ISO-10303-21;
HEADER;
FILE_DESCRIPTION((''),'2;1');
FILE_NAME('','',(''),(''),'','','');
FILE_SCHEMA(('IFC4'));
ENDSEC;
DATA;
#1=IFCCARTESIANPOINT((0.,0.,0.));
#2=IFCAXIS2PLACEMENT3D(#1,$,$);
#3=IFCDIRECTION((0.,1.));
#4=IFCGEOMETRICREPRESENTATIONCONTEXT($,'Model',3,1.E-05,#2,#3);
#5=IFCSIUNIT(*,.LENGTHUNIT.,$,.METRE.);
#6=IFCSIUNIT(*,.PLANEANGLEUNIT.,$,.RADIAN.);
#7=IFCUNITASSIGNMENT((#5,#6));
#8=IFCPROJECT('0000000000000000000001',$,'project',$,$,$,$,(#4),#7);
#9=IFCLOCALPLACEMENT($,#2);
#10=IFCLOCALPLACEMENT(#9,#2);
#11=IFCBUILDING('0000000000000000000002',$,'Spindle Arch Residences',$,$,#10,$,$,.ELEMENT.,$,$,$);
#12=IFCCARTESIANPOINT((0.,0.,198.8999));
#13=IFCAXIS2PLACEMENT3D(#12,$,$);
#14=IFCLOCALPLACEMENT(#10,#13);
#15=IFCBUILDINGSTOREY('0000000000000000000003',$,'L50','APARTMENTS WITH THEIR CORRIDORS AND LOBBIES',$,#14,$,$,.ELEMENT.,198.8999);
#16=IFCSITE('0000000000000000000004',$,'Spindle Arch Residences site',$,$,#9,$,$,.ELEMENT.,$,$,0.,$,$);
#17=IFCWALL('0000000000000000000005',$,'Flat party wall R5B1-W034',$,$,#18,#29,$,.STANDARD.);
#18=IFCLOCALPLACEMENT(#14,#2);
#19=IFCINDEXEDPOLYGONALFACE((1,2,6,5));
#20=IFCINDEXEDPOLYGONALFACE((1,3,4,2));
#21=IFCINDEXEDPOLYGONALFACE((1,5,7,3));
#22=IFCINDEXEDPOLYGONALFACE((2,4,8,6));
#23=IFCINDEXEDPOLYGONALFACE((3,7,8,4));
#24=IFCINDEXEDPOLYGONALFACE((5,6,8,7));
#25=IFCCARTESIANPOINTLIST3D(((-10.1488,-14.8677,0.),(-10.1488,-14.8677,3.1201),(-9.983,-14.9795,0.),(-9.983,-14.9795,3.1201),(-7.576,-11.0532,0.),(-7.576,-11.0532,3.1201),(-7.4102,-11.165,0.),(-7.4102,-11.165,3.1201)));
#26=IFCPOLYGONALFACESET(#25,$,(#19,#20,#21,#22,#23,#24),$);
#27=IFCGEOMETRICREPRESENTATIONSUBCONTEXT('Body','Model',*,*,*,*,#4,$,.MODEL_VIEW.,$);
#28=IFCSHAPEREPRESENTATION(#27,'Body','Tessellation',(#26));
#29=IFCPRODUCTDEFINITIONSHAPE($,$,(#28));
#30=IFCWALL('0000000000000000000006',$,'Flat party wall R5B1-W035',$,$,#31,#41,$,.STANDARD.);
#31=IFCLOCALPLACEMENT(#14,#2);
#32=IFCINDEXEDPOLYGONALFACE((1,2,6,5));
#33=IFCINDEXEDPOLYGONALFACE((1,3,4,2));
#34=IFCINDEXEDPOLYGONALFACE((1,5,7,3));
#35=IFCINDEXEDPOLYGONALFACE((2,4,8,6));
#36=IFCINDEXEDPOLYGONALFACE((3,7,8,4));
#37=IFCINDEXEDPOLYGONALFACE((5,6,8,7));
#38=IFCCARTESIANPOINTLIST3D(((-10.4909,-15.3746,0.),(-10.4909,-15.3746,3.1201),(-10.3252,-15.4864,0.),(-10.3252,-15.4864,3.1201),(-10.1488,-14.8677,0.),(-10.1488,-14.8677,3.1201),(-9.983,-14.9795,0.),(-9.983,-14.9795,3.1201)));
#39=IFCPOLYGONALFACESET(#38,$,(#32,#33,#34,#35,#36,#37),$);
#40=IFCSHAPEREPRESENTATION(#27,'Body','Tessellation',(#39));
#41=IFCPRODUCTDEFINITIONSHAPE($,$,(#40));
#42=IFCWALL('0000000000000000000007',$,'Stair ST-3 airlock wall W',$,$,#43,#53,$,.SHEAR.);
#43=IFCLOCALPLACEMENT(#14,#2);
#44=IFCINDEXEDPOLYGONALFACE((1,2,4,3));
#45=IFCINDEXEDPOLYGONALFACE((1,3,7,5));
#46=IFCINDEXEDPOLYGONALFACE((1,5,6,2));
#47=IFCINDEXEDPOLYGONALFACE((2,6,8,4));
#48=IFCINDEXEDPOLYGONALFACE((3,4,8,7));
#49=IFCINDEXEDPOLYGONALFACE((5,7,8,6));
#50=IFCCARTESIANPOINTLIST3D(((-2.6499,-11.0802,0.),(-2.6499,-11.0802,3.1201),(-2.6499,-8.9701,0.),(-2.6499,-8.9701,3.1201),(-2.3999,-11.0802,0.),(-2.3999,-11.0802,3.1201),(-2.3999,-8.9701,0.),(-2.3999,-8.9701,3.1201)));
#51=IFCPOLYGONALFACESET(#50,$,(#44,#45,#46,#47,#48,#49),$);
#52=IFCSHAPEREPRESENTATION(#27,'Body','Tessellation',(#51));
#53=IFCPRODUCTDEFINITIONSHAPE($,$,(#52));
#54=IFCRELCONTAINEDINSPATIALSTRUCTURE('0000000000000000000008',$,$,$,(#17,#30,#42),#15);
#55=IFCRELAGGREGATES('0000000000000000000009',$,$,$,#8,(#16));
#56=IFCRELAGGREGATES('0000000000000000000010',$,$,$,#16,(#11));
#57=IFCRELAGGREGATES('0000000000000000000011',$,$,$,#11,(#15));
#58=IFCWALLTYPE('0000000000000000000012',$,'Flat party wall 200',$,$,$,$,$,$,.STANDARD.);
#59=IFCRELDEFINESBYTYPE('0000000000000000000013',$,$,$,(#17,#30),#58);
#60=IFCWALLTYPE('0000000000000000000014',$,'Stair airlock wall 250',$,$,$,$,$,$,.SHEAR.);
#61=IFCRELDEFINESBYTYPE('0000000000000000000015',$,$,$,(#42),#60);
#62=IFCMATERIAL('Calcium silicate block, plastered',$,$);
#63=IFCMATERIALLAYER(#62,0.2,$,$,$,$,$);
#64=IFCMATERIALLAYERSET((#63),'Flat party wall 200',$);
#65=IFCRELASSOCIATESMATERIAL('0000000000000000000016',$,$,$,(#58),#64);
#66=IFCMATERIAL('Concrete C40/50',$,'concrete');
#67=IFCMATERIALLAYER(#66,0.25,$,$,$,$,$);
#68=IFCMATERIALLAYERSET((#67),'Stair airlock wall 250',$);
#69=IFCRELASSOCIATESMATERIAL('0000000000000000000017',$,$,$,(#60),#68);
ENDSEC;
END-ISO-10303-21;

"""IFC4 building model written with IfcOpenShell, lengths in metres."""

from ifc_helpers import new_model, si_unit, direction, frame, frame_2d, origin, place, context, subcontext, project, spatial, rectangle, extrude, material, layer, layer_set, type_object, element, save


model = new_model("IFC4")

# Units and contexts
model_context = context("Model", 3, precision=1e-05, world=origin(), true_north=direction((0.0, 1.0)))
body_context = subcontext(model_context, "Body", "Model", "MODEL_VIEW")
ifc_project = project(units=[si_unit("LENGTHUNIT", "METRE"), si_unit("PLANEANGLEUNIT", "RADIAN")], contexts=[model_context])

# Site, building, storey
site_placement = place(None, origin())
site = spatial("IfcSite", under=ifc_project, at=site_placement, Name="Spindle Arch Residences site", CompositionType="ELEMENT", RefElevation=0.0)
building_placement = place(site_placement, origin())
building = spatial("IfcBuilding", under=site, at=building_placement, Name="Spindle Arch Residences", CompositionType="ELEMENT")
storey_placement = place(building_placement, frame((0.0, 0.0, 198.8999)))
storey = spatial("IfcBuildingStorey", under=building, at=storey_placement, Name="L50", Description="APARTMENTS WITH THEIR CORRIDORS AND LOBBIES", CompositionType="ELEMENT", Elevation=198.8999)

# Walls
ifc_material_1 = material(Name="Calcium silicate block, plastered")
ifc_layer_1 = layer(ifc_material_1, 0.2)
ifc_layer_set_1 = layer_set([ifc_layer_1], Name="Flat party wall 200")
wall_type_1 = type_object("IfcWallType", Name="Flat party wall 200", PredefinedType="STANDARD", material=ifc_layer_set_1)
wall_1_placement = place(storey_placement, frame((-10.0659, -14.9236, 0.0), z_axis=(0.0, 0.0, 1.0), x_axis=(0.559174, 0.82905, 0.0)))
element("IfcWall", 1, at=wall_1_placement, inside=storey, type_object=wall_type_1, Name="Flat party wall R5B1-W034", PredefinedType="STANDARD", context=body_context, shape_type="SweptSolid", body=[
    extrude(rectangle(XDim=4.6011, YDim=0.2, at=frame_2d((2.3005, 0.0))), origin(), (0.0, 0.0, 1.0), 3.1201),
])
wall_2_placement = place(storey_placement, frame((-10.408, -15.4304, 0.0), z_axis=(0.0, 0.0, 1.0), x_axis=(0.559391, 0.828904, 0.0)))
element("IfcWall", 2, at=wall_2_placement, inside=storey, type_object=wall_type_1, Name="Flat party wall R5B1-W035", PredefinedType="STANDARD", context=body_context, shape_type="SweptSolid", body=[
    extrude(rectangle(XDim=0.6116, YDim=0.2, at=frame_2d((0.3057, 0.0))), origin(), (0.0, 0.0, 1.0), 3.1201),
])
ifc_material_2 = material(Name="Concrete C40/50", Category="concrete")
ifc_layer_2 = layer(ifc_material_2, 0.25)
ifc_layer_set_2 = layer_set([ifc_layer_2], Name="Stair airlock wall 250")
wall_type_2 = type_object("IfcWallType", Name="Stair airlock wall 250", PredefinedType="SHEAR", material=ifc_layer_set_2)
wall_3_placement = place(storey_placement, frame((-2.5249, -8.97, 0.0), z_axis=(0.0, 0.0, 1.0), x_axis=(0.0, -1.0, 0.0)))
element("IfcWall", 3, at=wall_3_placement, inside=storey, type_object=wall_type_2, Name="Stair ST-3 airlock wall W", PredefinedType="SHEAR", context=body_context, shape_type="SweptSolid", body=[
    extrude(rectangle(XDim=2.1101, YDim=0.25, at=frame_2d((1.0552, 0.0))), origin(), (0.0, 0.0, 1.0), 3.1201),
])

save(model, "model.ifc")
